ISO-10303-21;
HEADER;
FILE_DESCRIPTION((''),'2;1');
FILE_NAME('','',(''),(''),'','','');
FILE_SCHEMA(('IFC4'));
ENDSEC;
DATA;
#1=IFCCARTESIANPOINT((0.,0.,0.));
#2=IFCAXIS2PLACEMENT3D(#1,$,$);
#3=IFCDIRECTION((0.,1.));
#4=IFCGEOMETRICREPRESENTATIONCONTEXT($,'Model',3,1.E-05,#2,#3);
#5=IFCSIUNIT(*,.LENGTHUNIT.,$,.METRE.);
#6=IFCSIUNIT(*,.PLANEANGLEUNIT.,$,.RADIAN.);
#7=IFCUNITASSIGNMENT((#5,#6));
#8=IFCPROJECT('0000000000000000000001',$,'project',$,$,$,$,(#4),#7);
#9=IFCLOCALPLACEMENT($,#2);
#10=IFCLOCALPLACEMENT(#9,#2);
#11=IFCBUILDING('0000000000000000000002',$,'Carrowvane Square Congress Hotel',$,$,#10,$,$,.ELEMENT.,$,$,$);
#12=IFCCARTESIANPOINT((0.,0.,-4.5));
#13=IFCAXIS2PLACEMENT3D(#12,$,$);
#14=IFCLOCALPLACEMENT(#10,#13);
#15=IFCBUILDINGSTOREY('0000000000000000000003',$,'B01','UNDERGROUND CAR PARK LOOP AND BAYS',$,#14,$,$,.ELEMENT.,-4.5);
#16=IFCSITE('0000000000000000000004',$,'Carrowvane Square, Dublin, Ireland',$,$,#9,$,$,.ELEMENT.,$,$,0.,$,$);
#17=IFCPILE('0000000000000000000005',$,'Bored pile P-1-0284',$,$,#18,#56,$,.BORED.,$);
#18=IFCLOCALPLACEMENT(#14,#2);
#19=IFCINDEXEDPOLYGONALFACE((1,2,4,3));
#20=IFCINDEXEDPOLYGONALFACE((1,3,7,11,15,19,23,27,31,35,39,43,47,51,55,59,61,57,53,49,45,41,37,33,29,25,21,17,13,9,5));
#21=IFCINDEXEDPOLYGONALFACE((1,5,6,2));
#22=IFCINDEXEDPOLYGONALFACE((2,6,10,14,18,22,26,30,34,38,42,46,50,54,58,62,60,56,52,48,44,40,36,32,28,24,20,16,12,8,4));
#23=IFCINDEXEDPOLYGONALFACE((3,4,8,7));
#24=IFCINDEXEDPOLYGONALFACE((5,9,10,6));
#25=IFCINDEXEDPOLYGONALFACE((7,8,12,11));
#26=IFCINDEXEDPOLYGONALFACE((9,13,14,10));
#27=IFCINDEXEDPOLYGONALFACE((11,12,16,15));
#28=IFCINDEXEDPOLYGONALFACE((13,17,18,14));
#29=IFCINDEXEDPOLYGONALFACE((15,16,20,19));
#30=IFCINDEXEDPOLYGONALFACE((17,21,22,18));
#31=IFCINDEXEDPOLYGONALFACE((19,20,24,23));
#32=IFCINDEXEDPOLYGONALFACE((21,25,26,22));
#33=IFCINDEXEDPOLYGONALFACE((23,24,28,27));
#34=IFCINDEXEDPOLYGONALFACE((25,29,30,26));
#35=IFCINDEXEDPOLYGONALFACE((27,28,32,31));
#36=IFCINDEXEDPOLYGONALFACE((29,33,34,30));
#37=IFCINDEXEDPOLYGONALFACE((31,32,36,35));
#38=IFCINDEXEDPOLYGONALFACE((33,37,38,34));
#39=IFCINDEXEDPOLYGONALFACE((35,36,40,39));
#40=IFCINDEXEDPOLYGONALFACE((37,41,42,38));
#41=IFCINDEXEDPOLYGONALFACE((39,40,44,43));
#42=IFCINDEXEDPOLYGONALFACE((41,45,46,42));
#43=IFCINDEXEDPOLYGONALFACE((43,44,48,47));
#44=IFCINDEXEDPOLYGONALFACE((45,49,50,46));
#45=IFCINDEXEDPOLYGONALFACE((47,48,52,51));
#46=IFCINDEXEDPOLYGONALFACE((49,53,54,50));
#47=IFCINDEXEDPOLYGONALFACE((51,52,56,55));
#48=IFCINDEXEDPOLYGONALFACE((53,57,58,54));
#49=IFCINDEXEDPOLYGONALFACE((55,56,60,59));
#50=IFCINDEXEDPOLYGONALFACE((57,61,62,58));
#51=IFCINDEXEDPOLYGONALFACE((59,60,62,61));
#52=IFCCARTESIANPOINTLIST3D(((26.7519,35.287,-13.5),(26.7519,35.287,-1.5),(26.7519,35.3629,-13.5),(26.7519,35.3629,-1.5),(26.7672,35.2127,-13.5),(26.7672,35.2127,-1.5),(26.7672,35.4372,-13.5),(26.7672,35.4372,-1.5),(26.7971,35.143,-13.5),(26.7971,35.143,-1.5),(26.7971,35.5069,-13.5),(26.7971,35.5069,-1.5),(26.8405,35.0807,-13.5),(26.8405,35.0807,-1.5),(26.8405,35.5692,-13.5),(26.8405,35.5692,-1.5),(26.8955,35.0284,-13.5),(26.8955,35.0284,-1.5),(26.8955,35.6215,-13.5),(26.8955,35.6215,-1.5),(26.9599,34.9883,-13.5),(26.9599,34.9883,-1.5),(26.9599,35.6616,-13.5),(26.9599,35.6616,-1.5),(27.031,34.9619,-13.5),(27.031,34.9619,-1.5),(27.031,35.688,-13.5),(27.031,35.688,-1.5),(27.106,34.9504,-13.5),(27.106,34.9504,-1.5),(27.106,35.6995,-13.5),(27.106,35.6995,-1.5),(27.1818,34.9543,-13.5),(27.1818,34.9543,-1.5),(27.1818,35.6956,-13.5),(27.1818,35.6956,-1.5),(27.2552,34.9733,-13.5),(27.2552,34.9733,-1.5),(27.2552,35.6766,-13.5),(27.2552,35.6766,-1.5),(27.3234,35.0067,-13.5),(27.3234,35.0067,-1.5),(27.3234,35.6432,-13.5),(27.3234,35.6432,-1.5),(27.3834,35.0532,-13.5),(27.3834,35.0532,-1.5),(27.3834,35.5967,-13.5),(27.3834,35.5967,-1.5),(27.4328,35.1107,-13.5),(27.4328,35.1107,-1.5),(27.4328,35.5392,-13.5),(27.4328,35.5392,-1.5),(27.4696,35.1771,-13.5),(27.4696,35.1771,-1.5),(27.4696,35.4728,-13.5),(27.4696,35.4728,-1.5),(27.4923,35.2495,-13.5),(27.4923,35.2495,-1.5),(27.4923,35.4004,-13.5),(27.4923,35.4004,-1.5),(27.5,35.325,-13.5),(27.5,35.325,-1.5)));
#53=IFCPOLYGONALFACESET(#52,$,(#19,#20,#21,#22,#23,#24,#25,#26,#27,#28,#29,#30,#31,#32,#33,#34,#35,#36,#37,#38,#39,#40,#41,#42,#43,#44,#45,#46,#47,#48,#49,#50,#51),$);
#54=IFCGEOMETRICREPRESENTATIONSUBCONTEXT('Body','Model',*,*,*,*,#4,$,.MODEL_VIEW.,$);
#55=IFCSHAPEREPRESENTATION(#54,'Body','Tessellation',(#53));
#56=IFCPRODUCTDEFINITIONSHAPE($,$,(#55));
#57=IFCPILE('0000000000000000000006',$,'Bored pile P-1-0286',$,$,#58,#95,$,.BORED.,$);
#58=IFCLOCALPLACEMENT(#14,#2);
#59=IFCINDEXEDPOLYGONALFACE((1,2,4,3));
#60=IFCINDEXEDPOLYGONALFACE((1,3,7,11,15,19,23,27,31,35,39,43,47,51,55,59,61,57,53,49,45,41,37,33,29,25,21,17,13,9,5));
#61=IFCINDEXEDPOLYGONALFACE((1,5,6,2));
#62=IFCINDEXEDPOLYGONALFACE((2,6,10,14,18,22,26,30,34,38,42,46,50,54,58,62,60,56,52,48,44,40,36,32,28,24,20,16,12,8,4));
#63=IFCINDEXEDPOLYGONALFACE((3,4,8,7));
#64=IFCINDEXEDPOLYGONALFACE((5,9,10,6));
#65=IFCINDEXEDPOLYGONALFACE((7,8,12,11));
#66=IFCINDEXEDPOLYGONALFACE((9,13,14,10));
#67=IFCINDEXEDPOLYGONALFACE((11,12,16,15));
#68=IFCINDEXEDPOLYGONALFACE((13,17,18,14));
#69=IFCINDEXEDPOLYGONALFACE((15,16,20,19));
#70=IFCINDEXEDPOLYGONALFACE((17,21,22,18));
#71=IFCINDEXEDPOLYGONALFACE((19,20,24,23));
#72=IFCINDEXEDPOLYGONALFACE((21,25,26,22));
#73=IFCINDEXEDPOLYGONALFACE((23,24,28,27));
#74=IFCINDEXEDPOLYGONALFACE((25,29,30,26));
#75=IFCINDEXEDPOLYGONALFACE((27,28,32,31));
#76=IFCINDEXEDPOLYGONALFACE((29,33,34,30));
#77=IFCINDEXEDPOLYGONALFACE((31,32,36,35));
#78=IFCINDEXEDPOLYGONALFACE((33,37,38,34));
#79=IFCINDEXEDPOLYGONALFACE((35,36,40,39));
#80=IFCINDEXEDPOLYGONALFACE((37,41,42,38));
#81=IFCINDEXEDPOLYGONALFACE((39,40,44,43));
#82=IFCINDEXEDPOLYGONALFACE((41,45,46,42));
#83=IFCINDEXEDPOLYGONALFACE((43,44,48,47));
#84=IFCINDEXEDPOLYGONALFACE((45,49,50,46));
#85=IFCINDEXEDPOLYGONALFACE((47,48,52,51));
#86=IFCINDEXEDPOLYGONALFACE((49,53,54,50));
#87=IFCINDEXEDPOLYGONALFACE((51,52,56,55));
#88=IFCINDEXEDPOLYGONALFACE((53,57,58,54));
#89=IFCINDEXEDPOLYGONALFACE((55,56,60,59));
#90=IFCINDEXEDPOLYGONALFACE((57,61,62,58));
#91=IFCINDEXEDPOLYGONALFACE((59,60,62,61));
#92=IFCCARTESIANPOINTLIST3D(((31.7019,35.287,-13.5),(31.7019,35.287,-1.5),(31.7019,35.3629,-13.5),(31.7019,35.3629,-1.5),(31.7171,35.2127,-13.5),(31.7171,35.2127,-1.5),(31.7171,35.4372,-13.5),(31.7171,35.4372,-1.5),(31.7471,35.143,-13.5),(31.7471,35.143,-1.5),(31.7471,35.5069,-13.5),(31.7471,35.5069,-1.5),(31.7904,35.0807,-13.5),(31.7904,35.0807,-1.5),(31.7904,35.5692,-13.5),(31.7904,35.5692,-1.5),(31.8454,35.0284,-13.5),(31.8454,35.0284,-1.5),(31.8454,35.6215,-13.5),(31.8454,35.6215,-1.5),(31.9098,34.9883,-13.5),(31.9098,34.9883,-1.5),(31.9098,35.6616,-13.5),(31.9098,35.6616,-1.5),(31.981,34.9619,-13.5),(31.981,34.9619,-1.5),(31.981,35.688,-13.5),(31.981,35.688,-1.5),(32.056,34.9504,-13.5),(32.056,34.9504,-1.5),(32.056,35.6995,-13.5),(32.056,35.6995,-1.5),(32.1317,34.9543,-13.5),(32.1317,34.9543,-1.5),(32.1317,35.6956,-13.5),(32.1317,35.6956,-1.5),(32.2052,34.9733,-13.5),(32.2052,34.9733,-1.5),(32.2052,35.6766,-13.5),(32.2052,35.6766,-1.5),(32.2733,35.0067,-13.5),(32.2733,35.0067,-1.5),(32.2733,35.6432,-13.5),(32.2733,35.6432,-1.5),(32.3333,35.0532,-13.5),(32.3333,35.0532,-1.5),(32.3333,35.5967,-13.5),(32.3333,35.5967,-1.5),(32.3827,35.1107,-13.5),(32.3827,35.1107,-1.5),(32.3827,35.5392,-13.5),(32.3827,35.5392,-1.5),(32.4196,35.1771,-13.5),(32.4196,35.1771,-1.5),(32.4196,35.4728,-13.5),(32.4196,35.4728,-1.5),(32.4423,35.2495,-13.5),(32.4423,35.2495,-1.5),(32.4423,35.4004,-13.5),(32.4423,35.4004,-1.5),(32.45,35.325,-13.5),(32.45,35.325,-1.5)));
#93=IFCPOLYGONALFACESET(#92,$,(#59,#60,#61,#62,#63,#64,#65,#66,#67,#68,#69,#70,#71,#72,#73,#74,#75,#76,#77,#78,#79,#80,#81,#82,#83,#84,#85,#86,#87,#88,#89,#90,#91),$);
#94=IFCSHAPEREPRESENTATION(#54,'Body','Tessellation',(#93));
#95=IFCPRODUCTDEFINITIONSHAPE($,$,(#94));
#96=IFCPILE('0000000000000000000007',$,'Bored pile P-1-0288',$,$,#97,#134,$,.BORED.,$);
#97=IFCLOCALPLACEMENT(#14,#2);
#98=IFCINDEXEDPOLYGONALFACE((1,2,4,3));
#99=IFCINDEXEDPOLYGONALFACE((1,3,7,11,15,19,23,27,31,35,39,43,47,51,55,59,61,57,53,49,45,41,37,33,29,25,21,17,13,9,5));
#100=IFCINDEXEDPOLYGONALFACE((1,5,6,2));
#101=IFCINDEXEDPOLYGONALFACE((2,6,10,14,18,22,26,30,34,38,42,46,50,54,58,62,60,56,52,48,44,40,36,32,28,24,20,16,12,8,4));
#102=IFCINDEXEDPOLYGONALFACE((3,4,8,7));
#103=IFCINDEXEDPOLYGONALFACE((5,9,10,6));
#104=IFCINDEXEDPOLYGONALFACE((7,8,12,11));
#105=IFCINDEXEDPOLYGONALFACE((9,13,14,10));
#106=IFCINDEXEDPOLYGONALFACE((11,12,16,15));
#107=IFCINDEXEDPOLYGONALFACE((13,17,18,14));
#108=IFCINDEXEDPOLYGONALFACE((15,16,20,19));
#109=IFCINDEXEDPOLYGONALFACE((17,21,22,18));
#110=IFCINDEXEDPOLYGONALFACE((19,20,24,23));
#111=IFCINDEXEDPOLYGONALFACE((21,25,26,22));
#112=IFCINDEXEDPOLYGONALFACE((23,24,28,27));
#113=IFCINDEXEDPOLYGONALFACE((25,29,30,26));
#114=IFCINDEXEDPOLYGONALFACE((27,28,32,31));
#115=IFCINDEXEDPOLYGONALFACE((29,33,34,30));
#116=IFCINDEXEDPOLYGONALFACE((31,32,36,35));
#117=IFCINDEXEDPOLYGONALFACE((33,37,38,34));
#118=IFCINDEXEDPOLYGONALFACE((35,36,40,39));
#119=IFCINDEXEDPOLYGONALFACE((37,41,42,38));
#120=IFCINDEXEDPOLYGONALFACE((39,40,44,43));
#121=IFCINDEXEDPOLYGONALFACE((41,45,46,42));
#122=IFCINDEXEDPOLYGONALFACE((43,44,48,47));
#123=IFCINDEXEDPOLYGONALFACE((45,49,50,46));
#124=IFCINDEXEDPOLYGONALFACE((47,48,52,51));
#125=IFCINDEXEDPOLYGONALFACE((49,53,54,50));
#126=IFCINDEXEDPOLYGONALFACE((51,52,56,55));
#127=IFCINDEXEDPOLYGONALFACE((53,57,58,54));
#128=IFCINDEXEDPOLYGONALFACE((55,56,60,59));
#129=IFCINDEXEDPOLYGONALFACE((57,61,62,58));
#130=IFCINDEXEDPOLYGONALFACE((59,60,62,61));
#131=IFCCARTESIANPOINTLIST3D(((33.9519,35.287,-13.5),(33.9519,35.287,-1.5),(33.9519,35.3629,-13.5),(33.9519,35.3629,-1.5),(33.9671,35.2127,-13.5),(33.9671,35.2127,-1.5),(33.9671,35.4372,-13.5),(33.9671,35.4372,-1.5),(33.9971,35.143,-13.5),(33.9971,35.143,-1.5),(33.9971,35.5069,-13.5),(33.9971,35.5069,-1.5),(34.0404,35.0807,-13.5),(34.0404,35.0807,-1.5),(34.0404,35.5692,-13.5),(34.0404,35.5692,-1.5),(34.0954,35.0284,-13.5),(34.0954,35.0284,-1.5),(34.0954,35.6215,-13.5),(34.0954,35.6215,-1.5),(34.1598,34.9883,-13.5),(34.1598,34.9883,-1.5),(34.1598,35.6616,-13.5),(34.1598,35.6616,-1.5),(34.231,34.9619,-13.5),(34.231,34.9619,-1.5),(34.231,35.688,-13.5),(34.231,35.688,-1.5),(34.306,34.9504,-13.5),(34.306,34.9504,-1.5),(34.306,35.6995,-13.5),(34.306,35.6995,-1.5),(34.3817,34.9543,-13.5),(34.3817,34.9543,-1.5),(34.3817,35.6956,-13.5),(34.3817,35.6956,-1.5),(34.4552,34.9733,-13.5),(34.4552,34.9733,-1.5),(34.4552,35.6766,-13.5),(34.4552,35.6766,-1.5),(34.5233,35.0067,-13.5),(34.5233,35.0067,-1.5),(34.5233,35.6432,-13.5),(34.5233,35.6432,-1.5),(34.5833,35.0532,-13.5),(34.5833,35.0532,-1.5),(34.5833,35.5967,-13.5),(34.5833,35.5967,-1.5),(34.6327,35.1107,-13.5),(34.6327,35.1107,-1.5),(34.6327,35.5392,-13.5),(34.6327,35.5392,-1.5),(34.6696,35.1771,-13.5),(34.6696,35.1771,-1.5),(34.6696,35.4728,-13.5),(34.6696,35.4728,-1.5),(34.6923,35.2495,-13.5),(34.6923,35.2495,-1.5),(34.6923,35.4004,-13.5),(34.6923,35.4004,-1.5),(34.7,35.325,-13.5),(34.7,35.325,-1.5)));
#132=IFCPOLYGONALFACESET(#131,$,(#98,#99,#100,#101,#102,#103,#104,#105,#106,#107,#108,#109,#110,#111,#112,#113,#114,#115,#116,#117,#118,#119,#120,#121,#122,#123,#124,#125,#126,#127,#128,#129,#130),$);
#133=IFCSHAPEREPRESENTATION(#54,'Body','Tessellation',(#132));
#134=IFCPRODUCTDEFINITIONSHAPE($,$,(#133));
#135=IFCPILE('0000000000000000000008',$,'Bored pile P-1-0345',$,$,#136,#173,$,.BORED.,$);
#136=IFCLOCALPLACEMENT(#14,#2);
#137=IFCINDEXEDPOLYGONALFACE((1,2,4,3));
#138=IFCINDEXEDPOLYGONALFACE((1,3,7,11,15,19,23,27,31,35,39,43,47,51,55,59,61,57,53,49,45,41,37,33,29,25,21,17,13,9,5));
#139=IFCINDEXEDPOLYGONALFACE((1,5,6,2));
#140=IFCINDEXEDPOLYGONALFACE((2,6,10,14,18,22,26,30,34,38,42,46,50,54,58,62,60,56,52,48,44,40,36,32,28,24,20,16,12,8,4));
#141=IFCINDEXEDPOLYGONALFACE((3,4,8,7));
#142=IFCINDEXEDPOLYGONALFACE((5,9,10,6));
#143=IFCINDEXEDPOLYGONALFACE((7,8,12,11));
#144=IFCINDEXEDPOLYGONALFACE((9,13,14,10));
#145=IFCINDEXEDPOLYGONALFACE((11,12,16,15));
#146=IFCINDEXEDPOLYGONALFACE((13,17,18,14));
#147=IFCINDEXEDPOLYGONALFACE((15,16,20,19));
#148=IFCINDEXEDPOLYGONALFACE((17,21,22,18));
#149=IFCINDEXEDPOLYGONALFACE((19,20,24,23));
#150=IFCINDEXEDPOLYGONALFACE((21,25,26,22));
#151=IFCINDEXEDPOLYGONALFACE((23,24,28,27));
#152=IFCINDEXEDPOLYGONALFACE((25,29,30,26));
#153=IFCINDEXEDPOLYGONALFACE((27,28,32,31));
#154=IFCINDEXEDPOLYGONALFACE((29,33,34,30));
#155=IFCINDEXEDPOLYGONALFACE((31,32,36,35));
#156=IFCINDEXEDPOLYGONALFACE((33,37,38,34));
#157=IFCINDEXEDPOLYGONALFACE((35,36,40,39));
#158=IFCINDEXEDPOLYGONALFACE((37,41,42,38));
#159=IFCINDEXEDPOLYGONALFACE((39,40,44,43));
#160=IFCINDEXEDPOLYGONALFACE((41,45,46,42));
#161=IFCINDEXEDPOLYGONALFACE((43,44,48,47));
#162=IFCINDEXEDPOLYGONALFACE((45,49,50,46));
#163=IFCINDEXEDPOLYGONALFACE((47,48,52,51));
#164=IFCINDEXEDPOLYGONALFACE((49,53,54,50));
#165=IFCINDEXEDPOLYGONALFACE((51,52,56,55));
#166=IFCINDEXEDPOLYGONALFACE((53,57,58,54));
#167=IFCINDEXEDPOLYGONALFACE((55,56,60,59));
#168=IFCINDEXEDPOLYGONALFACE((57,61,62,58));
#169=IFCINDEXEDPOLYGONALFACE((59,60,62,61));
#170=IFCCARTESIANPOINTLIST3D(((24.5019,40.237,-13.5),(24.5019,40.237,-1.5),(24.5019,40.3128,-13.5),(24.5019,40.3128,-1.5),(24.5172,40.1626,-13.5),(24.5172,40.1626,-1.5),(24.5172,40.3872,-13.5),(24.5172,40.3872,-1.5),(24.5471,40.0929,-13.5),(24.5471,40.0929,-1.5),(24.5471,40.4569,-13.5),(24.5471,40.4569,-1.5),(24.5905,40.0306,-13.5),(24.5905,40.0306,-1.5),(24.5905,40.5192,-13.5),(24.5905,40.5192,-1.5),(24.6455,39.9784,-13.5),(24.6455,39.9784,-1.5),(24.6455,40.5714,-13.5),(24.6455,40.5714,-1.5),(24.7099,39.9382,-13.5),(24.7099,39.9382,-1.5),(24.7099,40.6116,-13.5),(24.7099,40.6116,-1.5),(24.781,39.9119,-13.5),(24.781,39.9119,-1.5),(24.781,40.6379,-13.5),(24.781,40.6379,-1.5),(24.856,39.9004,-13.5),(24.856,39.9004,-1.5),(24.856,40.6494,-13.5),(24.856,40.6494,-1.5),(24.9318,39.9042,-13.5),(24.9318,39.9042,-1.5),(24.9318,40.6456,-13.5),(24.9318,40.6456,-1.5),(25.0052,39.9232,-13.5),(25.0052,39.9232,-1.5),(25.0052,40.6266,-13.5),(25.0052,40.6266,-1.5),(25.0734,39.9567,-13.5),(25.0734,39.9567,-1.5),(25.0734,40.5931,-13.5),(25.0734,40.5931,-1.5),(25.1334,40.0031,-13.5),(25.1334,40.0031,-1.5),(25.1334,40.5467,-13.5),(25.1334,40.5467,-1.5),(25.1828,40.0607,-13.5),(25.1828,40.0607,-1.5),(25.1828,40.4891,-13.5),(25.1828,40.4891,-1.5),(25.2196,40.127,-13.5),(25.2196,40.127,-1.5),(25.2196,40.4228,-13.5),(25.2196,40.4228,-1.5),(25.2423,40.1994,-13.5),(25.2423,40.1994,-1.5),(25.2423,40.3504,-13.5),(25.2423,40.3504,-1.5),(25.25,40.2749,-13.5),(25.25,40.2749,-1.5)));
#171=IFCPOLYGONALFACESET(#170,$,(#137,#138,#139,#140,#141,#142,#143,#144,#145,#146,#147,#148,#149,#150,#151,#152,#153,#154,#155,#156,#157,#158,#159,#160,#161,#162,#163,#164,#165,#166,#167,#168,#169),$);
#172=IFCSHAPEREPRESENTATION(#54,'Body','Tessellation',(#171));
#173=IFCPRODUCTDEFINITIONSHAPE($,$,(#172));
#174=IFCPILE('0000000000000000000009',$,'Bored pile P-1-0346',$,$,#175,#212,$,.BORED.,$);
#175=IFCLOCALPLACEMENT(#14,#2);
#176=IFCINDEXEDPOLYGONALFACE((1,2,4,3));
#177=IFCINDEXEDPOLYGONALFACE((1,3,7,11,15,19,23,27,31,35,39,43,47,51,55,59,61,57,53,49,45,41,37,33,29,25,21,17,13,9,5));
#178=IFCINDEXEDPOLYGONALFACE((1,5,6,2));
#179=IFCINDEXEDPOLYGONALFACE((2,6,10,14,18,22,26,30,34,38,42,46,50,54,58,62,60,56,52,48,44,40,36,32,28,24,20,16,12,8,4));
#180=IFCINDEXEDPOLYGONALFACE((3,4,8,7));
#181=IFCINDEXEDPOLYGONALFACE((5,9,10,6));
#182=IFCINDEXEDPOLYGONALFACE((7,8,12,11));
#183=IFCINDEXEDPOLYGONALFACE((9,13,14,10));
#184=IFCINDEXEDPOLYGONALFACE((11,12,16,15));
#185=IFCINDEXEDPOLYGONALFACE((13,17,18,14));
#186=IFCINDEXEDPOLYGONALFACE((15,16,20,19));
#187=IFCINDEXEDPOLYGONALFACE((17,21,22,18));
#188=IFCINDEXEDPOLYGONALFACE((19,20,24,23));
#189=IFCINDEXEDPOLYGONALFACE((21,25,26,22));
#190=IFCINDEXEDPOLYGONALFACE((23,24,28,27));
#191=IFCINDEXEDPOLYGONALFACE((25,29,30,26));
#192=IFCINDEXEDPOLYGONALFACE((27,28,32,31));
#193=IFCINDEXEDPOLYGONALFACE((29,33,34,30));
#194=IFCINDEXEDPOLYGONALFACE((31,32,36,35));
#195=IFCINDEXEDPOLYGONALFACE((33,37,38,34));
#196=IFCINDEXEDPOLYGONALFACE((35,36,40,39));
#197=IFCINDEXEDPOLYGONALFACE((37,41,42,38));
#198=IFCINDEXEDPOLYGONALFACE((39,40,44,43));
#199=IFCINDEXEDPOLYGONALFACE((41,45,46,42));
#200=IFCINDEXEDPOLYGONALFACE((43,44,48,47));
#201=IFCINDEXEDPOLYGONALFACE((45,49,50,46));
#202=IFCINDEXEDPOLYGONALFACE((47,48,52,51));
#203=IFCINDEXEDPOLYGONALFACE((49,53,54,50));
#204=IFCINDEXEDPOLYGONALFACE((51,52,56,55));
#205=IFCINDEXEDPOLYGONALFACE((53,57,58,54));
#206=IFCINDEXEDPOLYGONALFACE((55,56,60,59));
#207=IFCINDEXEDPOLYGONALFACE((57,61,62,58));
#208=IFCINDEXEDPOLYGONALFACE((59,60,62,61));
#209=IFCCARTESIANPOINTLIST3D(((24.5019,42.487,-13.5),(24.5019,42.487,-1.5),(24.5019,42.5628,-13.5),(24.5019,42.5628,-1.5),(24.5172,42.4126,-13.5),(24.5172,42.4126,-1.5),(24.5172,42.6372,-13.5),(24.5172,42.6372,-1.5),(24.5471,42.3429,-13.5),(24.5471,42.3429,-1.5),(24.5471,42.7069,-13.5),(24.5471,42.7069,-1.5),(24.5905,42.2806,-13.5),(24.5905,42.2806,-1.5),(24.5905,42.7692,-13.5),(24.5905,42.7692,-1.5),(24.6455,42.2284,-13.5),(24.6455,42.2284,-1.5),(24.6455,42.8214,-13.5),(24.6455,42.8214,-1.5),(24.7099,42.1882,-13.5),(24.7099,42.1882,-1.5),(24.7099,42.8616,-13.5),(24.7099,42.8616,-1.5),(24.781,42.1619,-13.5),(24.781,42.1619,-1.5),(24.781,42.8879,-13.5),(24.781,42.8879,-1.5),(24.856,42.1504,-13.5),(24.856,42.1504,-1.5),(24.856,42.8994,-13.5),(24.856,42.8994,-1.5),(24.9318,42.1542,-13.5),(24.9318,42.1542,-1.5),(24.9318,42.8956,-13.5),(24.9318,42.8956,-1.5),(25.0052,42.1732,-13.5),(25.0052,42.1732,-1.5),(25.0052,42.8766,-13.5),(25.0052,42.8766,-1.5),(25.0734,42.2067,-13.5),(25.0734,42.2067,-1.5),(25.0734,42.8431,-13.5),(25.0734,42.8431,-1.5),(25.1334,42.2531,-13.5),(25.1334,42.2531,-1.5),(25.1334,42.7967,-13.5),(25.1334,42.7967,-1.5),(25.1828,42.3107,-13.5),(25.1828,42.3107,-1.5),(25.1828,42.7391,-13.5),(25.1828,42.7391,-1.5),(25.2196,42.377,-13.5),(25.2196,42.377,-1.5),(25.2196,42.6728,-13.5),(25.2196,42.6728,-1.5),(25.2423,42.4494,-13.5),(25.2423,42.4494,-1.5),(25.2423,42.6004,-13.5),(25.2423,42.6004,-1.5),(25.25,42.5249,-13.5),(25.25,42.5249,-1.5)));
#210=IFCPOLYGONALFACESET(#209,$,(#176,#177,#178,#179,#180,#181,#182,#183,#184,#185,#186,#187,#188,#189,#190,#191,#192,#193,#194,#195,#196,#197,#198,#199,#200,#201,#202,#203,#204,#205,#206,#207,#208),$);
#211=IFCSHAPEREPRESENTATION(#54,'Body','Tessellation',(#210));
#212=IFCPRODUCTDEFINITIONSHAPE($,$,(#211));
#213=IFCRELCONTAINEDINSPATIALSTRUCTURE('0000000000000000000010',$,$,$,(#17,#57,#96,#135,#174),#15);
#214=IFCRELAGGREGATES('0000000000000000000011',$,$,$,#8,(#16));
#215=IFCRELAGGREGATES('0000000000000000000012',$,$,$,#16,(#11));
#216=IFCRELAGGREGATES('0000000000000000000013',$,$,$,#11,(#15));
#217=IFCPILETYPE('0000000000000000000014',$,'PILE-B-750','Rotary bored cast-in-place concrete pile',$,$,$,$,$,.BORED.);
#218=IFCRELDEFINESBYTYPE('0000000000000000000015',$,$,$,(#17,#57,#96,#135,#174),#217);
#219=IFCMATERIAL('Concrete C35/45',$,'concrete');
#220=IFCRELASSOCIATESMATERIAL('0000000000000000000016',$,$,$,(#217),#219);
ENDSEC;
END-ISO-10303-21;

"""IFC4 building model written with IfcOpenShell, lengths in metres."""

from ifc_helpers import new_model, si_unit, direction, frame, origin, origin_2d, place, context, subcontext, project, spatial, circle, extrude, material, material_profile, profile_set, type_object, element, save


model = new_model("IFC4")

# Units and contexts
model_context = context("Model", 3, precision=1e-05, world=origin(), true_north=direction((0.0, 1.0)))
body_context = subcontext(model_context, "Body", "Model", "MODEL_VIEW")
ifc_project = project(units=[si_unit("LENGTHUNIT", "METRE"), si_unit("PLANEANGLEUNIT", "RADIAN")], contexts=[model_context])

# Site, building, storey
site_placement = place(None, origin())
site = spatial("IfcSite", under=ifc_project, at=site_placement, Name="Carrowvane Square, Dublin, Ireland", CompositionType="ELEMENT", RefElevation=0.0)
building_placement = place(site_placement, origin())
building = spatial("IfcBuilding", under=site, at=building_placement, Name="Carrowvane Square Congress Hotel", CompositionType="ELEMENT")
storey_placement = place(building_placement, frame((0.0, 0.0, -4.5)))
storey = spatial("IfcBuildingStorey", under=building, at=storey_placement, Name="B01", Description="UNDERGROUND CAR PARK LOOP AND BAYS", CompositionType="ELEMENT", Elevation=-4.5)

# Piles
ifc_material_1 = material(Name="Concrete C35/45", Category="concrete")
ifc_material_profile_1 = material_profile(ifc_material_1, circle(Radius=0.375, at=origin_2d()), Name="PILE D750")
ifc_profile_set_1 = profile_set([ifc_material_profile_1], Name="Concrete C35/45")
pile_type = type_object("IfcPileType", Name="PILE-B-750", Description="Rotary bored cast-in-place concrete pile", PredefinedType="BORED", material=ifc_profile_set_1)
for number, where, z_axis, x_axis, name in (
    (1, (27.125, 35.325, -1.5), (0.0, 0.0, -1.0), (1.0, 0.0, 0.0), "Bored pile P-1-0284"),
    (2, (32.075, 35.325, -1.5), (0.0, 0.0, -1.0), (1.0, 0.0, 0.0), "Bored pile P-1-0286"),
    (3, (34.325, 35.325, -1.5), (0.0, 0.0, -1.0), (1.0, 0.0, 0.0), "Bored pile P-1-0288"),
    (4, (24.875, 40.2749, -1.5), (0.0, 0.0, -1.0), (1.0, 0.0, 0.0), "Bored pile P-1-0345"),
    (5, (24.875, 42.5249, -1.5), (0.0, 0.0, -1.0), (1.0, 0.0, 0.0), "Bored pile P-1-0346"),
):
    element("IfcPile", number, at=place(storey_placement, frame(where, z_axis=z_axis, x_axis=x_axis)), inside=storey, type_object=pile_type, Name=name, PredefinedType="BORED", context=body_context, shape_type="SweptSolid", body=[
        extrude(circle(Radius=0.375, at=origin_2d()), origin(), (0.0, 0.0, 1.0), 12.0),
    ])

save(model, "model.ifc")
